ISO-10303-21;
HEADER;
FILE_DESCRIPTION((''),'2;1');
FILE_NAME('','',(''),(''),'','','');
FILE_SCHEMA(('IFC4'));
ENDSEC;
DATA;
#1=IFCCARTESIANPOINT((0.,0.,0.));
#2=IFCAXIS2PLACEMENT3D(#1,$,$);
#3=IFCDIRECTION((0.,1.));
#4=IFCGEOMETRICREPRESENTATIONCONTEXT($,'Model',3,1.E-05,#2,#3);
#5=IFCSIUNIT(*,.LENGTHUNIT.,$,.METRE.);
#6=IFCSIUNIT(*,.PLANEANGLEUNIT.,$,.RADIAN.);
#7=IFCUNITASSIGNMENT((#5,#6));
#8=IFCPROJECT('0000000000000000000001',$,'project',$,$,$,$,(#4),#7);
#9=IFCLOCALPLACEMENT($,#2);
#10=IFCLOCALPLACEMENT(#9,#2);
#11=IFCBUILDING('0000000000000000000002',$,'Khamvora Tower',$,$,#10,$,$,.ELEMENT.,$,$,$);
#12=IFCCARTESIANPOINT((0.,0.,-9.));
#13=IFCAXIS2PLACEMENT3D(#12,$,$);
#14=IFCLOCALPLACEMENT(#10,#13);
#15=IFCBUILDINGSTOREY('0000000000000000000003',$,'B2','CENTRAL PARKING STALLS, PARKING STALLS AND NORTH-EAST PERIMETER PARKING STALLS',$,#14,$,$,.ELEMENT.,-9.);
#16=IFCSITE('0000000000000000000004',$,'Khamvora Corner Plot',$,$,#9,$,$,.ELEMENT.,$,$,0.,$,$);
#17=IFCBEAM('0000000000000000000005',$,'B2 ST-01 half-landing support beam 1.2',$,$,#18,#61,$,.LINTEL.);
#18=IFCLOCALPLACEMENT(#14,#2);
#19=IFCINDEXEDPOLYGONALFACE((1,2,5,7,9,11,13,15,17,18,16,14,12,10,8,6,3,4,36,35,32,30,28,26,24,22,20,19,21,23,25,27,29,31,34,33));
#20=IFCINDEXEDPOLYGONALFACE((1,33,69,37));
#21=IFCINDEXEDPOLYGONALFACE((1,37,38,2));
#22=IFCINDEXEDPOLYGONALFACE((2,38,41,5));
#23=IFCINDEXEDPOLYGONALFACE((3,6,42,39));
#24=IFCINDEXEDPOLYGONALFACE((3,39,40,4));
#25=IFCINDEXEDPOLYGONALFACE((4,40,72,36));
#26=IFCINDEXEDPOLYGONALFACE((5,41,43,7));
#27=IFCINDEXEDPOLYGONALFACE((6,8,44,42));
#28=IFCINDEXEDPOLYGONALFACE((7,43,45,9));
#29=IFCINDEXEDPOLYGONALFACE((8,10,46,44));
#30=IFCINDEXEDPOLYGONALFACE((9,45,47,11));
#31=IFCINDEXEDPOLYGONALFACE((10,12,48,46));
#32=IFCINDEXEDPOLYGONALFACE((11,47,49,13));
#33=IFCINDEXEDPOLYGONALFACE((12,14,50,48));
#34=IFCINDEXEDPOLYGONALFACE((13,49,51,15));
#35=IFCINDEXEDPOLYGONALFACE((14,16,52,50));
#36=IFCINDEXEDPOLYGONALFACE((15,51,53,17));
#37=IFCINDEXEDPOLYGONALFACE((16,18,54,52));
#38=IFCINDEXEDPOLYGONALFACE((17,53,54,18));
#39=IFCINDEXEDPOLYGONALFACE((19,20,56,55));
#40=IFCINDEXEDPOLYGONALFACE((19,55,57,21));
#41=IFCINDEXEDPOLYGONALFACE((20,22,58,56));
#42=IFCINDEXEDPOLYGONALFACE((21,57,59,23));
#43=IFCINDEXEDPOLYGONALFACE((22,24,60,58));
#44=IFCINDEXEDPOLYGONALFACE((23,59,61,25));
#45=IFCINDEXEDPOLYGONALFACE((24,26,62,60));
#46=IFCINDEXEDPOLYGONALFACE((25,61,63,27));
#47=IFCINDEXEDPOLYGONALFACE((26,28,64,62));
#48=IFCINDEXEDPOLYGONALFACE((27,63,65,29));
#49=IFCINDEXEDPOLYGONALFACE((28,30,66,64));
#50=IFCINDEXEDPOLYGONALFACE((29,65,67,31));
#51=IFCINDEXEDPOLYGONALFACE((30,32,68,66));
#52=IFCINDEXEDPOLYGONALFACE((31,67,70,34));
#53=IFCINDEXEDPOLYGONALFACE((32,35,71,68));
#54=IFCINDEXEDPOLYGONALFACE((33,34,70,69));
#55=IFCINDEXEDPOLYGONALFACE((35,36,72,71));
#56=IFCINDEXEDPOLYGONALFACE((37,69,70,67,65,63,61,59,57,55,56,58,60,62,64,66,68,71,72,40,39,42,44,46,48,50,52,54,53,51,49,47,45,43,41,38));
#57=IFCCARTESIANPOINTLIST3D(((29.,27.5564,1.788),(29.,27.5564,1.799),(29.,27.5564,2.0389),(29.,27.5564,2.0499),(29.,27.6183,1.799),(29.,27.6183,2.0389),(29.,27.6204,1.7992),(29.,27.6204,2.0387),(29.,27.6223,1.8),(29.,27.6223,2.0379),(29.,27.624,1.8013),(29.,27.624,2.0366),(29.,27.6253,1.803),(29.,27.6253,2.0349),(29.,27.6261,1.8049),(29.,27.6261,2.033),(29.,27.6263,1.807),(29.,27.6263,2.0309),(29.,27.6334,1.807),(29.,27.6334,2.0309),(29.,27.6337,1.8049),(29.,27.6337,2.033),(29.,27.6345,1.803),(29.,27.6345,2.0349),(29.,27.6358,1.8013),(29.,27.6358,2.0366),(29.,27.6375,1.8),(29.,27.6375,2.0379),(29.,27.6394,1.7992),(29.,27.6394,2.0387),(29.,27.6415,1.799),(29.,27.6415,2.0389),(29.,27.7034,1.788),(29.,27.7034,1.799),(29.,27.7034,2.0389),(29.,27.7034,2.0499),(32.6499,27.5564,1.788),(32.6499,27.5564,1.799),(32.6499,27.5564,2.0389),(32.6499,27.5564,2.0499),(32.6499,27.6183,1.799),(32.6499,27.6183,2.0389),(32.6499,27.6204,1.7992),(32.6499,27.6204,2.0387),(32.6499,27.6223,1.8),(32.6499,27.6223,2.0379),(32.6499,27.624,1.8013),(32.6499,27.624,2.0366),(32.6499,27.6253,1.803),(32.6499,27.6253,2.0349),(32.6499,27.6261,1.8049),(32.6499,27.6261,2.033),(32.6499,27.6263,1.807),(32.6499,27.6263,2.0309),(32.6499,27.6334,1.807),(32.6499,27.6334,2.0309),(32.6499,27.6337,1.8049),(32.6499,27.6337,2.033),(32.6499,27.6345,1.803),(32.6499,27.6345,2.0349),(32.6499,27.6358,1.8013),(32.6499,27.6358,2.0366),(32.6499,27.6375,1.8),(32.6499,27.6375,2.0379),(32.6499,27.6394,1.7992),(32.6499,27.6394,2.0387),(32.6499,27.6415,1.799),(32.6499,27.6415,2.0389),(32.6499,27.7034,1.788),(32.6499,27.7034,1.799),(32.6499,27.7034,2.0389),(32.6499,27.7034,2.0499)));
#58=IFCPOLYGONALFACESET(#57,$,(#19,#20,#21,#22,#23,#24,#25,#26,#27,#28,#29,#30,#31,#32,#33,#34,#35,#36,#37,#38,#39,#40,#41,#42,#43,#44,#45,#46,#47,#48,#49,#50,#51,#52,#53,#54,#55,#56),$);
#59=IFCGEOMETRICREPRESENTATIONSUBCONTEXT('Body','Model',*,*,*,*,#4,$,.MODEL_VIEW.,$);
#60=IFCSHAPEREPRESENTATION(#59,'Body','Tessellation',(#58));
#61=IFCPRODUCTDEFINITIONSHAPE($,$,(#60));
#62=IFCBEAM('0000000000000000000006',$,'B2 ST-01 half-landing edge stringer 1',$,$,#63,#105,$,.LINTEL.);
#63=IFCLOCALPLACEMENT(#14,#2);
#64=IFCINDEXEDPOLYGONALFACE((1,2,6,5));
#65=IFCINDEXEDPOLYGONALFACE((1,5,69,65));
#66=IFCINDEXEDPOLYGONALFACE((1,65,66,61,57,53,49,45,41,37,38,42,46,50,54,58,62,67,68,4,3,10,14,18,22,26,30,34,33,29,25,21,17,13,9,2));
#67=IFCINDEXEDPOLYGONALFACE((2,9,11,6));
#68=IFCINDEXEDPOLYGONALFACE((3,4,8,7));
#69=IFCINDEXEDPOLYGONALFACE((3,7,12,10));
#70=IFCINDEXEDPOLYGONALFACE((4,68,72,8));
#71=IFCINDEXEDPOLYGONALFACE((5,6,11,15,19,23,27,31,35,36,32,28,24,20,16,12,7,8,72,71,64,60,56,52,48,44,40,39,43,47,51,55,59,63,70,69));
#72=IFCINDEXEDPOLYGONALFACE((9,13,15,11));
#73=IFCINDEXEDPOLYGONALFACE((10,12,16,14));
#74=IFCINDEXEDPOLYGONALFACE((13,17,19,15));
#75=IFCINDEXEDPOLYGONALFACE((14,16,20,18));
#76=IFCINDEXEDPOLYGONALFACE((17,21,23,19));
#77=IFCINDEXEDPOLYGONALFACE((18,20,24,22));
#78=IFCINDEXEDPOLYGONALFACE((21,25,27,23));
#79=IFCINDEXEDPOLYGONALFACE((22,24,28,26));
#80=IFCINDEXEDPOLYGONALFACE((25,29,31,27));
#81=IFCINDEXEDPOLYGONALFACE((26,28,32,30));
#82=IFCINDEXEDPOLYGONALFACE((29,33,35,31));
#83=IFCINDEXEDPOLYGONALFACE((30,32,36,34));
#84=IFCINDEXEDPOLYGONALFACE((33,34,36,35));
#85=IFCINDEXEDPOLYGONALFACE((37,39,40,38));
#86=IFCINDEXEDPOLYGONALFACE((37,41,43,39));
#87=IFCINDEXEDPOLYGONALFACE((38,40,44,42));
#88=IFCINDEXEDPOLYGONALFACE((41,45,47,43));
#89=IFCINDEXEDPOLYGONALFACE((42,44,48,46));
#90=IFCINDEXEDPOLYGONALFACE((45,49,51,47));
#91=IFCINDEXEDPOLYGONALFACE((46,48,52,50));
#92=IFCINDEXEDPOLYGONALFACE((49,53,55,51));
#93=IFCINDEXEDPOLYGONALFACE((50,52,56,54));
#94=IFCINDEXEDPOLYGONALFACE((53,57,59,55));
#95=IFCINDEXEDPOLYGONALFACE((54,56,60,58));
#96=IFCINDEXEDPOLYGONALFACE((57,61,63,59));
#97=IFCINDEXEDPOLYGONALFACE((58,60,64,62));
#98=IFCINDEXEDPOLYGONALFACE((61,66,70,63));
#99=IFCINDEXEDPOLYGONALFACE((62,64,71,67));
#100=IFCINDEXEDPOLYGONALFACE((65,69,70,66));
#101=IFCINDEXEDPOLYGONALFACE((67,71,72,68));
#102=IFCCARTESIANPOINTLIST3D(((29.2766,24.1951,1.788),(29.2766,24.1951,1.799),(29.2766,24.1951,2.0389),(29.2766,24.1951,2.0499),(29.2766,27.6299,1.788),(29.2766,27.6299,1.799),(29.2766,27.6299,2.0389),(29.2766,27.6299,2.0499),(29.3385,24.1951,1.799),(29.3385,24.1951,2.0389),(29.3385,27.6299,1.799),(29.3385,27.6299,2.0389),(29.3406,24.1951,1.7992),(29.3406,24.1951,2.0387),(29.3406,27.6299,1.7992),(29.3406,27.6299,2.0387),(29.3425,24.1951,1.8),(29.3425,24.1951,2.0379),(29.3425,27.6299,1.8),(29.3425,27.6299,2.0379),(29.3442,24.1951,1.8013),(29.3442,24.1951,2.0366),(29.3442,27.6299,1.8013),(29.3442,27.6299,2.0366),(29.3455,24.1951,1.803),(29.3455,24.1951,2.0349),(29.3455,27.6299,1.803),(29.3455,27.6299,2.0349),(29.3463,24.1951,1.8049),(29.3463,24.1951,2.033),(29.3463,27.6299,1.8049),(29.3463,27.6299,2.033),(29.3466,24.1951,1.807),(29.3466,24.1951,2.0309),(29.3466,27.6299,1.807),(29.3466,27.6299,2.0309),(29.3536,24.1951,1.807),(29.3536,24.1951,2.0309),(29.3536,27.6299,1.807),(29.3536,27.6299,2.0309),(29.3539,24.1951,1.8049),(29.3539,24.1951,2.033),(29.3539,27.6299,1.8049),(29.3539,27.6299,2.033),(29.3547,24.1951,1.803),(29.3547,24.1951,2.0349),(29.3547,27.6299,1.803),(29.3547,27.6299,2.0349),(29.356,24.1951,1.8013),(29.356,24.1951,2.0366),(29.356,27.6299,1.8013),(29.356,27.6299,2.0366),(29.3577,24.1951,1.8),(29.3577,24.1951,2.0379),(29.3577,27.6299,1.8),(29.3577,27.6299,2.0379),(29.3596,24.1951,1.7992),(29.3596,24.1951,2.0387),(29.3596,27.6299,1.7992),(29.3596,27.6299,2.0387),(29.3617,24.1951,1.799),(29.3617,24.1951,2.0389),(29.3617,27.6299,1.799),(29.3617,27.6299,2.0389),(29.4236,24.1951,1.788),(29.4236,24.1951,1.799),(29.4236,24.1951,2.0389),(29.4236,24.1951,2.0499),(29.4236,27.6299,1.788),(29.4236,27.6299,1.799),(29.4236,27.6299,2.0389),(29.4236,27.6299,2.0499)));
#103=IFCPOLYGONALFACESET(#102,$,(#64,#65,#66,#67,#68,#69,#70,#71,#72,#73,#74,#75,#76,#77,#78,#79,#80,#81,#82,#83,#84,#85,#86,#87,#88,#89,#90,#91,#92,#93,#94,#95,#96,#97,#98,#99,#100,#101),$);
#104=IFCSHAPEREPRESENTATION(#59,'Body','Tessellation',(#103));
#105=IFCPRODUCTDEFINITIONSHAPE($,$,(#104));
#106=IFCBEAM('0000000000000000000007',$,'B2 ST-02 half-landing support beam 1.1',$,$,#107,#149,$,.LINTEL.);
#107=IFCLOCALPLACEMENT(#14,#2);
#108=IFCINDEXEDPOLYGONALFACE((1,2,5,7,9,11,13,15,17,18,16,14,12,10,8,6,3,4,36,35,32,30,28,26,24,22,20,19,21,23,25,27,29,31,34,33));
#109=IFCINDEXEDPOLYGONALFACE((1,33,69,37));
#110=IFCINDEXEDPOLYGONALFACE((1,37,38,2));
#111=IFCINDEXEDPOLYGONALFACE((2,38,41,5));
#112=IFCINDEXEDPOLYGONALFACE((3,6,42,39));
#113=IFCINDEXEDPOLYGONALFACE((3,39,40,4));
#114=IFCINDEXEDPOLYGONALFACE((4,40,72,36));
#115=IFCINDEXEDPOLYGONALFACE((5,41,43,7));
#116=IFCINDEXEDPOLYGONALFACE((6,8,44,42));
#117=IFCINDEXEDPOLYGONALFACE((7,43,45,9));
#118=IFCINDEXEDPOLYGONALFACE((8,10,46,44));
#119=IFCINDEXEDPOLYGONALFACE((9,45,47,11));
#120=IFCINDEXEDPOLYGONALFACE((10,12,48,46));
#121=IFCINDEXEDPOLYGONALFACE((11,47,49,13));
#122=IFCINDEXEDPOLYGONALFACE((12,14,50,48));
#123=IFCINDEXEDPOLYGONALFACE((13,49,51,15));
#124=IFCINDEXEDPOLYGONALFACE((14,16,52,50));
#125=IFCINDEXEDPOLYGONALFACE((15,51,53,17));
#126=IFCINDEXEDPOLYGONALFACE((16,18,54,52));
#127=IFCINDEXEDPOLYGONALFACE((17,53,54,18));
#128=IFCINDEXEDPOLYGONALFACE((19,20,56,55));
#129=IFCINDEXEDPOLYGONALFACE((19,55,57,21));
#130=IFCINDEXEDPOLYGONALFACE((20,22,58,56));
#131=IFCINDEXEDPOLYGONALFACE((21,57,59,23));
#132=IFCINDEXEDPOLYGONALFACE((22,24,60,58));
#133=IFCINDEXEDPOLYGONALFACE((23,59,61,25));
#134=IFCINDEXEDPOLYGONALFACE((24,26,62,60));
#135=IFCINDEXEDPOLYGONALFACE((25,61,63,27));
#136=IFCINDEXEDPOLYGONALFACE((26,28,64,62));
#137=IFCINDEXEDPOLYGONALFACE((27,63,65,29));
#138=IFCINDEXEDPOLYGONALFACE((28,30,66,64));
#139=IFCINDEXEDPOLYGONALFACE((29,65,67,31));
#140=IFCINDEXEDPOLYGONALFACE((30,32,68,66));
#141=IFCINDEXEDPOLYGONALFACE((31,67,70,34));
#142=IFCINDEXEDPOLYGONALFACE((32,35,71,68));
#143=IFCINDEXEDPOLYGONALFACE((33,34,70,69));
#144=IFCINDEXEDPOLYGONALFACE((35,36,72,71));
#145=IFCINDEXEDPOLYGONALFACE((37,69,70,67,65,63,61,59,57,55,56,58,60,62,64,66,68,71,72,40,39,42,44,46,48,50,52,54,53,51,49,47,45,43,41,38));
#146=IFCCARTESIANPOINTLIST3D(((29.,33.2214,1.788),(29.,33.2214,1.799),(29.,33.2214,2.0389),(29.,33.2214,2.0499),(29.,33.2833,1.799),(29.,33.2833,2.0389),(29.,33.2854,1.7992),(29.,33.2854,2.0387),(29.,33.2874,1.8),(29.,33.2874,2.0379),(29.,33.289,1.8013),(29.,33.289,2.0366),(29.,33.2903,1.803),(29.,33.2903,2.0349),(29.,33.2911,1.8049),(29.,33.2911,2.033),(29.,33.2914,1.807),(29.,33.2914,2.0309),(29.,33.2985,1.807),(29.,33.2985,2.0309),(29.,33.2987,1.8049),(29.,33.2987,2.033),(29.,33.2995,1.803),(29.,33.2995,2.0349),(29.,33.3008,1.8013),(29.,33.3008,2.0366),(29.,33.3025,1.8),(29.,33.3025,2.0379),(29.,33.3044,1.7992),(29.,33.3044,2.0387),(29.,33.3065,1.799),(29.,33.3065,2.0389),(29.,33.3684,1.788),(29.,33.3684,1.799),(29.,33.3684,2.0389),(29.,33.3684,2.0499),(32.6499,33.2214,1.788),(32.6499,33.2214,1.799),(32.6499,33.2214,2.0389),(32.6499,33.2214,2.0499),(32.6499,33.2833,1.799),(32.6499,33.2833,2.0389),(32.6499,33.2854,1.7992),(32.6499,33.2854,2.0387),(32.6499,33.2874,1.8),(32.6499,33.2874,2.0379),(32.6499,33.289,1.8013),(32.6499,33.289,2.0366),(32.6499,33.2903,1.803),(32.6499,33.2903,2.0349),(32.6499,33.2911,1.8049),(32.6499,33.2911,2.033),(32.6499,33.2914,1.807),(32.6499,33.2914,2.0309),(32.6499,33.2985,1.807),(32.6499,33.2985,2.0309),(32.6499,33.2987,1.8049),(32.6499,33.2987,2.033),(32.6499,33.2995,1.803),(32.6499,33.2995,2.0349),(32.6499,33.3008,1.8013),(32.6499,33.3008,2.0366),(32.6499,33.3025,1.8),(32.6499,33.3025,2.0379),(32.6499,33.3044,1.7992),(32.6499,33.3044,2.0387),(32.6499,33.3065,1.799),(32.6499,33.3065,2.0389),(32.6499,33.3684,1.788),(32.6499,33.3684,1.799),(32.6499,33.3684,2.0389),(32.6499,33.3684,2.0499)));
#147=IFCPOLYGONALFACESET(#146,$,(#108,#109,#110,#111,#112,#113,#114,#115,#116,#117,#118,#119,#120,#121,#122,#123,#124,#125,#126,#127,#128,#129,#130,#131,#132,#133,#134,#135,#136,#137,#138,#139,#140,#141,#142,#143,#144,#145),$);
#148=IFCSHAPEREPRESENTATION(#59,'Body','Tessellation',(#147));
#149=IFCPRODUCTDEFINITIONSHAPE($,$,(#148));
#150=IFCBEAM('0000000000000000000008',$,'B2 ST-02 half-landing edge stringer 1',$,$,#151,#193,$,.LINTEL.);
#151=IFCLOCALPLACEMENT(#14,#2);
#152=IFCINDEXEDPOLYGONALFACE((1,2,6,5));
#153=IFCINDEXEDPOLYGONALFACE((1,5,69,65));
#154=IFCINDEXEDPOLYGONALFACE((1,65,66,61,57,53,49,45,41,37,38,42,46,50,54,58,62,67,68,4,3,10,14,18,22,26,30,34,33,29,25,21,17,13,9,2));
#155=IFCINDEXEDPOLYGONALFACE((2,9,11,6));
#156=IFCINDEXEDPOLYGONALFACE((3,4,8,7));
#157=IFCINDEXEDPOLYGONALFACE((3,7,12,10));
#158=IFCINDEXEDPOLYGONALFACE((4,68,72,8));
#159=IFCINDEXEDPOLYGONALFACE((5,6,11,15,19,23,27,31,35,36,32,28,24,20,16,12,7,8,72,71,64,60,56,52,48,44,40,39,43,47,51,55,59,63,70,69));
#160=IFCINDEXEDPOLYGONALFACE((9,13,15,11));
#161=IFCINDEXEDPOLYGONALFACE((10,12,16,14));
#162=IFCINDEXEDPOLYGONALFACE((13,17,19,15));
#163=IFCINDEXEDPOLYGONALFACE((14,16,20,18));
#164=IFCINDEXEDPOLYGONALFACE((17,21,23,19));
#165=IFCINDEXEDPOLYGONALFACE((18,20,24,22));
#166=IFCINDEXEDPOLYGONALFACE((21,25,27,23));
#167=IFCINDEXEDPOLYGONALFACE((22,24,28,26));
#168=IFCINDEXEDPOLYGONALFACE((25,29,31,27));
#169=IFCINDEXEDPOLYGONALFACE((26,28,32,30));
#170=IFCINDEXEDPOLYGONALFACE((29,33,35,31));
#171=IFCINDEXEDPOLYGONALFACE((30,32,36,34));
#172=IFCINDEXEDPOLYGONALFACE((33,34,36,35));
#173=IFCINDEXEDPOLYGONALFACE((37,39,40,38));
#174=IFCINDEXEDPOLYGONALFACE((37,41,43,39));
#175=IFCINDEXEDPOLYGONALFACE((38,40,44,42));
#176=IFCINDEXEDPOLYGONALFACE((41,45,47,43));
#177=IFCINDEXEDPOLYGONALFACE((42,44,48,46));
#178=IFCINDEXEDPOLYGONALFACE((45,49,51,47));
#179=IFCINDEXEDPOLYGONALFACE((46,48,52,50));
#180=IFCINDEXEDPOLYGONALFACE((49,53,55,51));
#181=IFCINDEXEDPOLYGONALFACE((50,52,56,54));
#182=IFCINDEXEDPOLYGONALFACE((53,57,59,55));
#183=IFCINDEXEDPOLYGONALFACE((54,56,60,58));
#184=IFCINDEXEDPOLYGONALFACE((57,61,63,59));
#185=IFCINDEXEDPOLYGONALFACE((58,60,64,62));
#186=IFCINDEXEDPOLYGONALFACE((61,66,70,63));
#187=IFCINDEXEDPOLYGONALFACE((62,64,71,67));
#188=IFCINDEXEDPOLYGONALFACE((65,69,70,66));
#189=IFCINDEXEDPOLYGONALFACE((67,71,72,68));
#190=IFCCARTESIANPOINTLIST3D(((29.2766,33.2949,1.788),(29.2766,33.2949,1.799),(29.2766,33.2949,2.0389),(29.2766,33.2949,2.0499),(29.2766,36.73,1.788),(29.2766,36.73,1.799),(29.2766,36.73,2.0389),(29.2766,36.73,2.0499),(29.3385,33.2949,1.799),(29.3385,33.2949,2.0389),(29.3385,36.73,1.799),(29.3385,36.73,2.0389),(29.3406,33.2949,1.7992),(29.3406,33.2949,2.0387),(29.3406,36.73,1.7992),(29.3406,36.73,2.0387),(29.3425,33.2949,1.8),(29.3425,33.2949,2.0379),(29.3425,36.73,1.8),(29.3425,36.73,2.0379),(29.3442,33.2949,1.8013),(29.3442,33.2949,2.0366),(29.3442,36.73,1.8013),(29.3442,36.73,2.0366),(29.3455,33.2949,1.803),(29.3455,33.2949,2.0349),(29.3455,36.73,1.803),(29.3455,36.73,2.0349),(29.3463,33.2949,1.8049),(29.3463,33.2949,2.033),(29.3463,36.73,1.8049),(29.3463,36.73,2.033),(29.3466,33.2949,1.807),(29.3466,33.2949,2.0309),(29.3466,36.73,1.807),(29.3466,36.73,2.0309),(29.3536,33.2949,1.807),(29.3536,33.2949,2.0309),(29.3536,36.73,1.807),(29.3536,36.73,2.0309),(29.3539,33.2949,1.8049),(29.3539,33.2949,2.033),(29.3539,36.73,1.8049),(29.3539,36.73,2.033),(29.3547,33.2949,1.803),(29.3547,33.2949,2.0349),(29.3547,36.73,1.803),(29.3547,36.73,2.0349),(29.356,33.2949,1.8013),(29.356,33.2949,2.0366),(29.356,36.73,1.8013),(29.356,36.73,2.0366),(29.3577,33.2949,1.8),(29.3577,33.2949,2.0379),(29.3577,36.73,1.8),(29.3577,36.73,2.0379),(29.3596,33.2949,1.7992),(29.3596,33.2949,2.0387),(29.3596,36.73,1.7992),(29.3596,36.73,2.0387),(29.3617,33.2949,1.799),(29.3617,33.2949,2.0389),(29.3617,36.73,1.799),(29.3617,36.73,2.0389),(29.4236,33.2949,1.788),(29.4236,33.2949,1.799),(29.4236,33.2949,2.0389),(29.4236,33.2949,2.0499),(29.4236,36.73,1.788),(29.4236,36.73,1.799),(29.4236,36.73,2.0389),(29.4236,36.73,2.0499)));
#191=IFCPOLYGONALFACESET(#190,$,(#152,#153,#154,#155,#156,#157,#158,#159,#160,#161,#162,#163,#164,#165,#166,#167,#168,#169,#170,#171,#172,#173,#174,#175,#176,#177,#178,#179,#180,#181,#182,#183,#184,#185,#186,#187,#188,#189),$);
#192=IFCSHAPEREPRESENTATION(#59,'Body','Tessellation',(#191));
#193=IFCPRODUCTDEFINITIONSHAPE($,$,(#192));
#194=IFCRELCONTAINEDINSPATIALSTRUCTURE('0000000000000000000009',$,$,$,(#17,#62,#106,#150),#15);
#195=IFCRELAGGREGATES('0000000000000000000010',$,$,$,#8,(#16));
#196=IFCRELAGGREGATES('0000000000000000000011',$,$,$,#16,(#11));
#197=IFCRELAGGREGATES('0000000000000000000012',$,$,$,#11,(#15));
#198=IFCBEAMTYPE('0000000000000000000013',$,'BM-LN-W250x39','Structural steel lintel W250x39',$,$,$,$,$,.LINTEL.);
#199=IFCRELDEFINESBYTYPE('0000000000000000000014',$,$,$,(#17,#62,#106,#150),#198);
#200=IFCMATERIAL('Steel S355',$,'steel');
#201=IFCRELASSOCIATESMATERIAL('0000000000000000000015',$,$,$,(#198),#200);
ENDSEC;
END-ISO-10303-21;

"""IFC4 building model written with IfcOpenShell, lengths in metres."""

from ifc_helpers import new_model, si_unit, direction, frame, origin, origin_2d, place, context, subcontext, project, spatial, i_section, extrude, material, material_profile, profile_set, type_object, element, save


model = new_model("IFC4")

# Units and contexts
model_context = context("Model", 3, precision=1e-05, world=origin(), true_north=direction((0.0, 1.0)))
body_context = subcontext(model_context, "Body", "Model", "MODEL_VIEW")
ifc_project = project(units=[si_unit("LENGTHUNIT", "METRE"), si_unit("PLANEANGLEUNIT", "RADIAN")], contexts=[model_context])

# Site, building, storey
site_placement = place(None, origin())
site = spatial("IfcSite", under=ifc_project, at=site_placement, Name="Khamvora Corner Plot", CompositionType="ELEMENT", RefElevation=0.0)
building_placement = place(site_placement, origin())
building = spatial("IfcBuilding", under=site, at=building_placement, Name="Khamvora Tower", CompositionType="ELEMENT")
storey_placement = place(building_placement, frame((0.0, 0.0, -9.0)))
storey = spatial("IfcBuildingStorey", under=building, at=storey_placement, Name="B2", Description="CENTRAL PARKING STALLS, PARKING STALLS AND NORTH-EAST PERIMETER PARKING STALLS", CompositionType="ELEMENT", Elevation=-9.0)

# Beams
ifc_material_1 = material(Name="Steel S355", Category="steel")
ifc_material_profile_1 = material_profile(ifc_material_1, i_section(OverallWidth=0.147, OverallDepth=0.262, WebThickness=0.0071, FlangeThickness=0.011, FilletRadius=0.0081, at=origin_2d()), Name="W250x39")
ifc_profile_set_1 = profile_set([ifc_material_profile_1], Name="Steel S355")
beam_type = type_object("IfcBeamType", Name="BM-LN-W250x39", Description="Structural steel lintel W250x39", PredefinedType="LINTEL", material=ifc_profile_set_1)
for number, where, z_axis, x_axis, name in (
    (1, (29.0, 27.6299, 1.9189), (1.0, 0.0, 0.0), (0.0, 1.0, 0.0), "B2 ST-01 half-landing support beam 1.2"),
):
    element("IfcBeam", number, at=place(storey_placement, frame(where, z_axis=z_axis, x_axis=x_axis)), inside=storey, type_object=beam_type, Name=name, PredefinedType="LINTEL", context=body_context, shape_type="SweptSolid", body=[
        extrude(i_section(OverallWidth=0.147, OverallDepth=0.262, WebThickness=0.0071, FlangeThickness=0.011, FilletRadius=0.0081, at=origin_2d()), origin(), (0.0, 0.0, 1.0), 3.6499),
    ])
beam_1_placement = place(storey_placement, frame((29.3501, 24.1951, 1.9189), z_axis=(0.0, 1.0, 0.0), x_axis=(-1.0, 0.0, 0.0)))
element("IfcBeam", 2, at=beam_1_placement, inside=storey, type_object=beam_type, Name="B2 ST-01 half-landing edge stringer 1", PredefinedType="LINTEL", context=body_context, shape_type="SweptSolid", body=[
    extrude(i_section(OverallWidth=0.147, OverallDepth=0.262, WebThickness=0.0071, FlangeThickness=0.011, FilletRadius=0.0081, at=origin_2d()), origin(), (0.0, 0.0, 1.0), 3.4348),
])
beam_2_placement = place(storey_placement, frame((29.0, 33.2949, 1.9189), z_axis=(1.0, 0.0, 0.0), x_axis=(0.0, 1.0, 0.0)))
element("IfcBeam", 3, at=beam_2_placement, inside=storey, type_object=beam_type, Name="B2 ST-02 half-landing support beam 1.1", PredefinedType="LINTEL", context=body_context, shape_type="SweptSolid", body=[
    extrude(i_section(OverallWidth=0.147, OverallDepth=0.262, WebThickness=0.0071, FlangeThickness=0.011, FilletRadius=0.0081, at=origin_2d()), origin(), (0.0, 0.0, 1.0), 3.6499),
])
beam_3_placement = place(storey_placement, frame((29.3501, 33.2949, 1.9189), z_axis=(0.0, 1.0, 0.0), x_axis=(-1.0, 0.0, 0.0)))
element("IfcBeam", 4, at=beam_3_placement, inside=storey, type_object=beam_type, Name="B2 ST-02 half-landing edge stringer 1", PredefinedType="LINTEL", context=body_context, shape_type="SweptSolid", body=[
    extrude(i_section(OverallWidth=0.147, OverallDepth=0.262, WebThickness=0.0071, FlangeThickness=0.011, FilletRadius=0.0081, at=origin_2d()), origin(), (0.0, 0.0, 1.0), 3.4351),
])

save(model, "model.ifc")
